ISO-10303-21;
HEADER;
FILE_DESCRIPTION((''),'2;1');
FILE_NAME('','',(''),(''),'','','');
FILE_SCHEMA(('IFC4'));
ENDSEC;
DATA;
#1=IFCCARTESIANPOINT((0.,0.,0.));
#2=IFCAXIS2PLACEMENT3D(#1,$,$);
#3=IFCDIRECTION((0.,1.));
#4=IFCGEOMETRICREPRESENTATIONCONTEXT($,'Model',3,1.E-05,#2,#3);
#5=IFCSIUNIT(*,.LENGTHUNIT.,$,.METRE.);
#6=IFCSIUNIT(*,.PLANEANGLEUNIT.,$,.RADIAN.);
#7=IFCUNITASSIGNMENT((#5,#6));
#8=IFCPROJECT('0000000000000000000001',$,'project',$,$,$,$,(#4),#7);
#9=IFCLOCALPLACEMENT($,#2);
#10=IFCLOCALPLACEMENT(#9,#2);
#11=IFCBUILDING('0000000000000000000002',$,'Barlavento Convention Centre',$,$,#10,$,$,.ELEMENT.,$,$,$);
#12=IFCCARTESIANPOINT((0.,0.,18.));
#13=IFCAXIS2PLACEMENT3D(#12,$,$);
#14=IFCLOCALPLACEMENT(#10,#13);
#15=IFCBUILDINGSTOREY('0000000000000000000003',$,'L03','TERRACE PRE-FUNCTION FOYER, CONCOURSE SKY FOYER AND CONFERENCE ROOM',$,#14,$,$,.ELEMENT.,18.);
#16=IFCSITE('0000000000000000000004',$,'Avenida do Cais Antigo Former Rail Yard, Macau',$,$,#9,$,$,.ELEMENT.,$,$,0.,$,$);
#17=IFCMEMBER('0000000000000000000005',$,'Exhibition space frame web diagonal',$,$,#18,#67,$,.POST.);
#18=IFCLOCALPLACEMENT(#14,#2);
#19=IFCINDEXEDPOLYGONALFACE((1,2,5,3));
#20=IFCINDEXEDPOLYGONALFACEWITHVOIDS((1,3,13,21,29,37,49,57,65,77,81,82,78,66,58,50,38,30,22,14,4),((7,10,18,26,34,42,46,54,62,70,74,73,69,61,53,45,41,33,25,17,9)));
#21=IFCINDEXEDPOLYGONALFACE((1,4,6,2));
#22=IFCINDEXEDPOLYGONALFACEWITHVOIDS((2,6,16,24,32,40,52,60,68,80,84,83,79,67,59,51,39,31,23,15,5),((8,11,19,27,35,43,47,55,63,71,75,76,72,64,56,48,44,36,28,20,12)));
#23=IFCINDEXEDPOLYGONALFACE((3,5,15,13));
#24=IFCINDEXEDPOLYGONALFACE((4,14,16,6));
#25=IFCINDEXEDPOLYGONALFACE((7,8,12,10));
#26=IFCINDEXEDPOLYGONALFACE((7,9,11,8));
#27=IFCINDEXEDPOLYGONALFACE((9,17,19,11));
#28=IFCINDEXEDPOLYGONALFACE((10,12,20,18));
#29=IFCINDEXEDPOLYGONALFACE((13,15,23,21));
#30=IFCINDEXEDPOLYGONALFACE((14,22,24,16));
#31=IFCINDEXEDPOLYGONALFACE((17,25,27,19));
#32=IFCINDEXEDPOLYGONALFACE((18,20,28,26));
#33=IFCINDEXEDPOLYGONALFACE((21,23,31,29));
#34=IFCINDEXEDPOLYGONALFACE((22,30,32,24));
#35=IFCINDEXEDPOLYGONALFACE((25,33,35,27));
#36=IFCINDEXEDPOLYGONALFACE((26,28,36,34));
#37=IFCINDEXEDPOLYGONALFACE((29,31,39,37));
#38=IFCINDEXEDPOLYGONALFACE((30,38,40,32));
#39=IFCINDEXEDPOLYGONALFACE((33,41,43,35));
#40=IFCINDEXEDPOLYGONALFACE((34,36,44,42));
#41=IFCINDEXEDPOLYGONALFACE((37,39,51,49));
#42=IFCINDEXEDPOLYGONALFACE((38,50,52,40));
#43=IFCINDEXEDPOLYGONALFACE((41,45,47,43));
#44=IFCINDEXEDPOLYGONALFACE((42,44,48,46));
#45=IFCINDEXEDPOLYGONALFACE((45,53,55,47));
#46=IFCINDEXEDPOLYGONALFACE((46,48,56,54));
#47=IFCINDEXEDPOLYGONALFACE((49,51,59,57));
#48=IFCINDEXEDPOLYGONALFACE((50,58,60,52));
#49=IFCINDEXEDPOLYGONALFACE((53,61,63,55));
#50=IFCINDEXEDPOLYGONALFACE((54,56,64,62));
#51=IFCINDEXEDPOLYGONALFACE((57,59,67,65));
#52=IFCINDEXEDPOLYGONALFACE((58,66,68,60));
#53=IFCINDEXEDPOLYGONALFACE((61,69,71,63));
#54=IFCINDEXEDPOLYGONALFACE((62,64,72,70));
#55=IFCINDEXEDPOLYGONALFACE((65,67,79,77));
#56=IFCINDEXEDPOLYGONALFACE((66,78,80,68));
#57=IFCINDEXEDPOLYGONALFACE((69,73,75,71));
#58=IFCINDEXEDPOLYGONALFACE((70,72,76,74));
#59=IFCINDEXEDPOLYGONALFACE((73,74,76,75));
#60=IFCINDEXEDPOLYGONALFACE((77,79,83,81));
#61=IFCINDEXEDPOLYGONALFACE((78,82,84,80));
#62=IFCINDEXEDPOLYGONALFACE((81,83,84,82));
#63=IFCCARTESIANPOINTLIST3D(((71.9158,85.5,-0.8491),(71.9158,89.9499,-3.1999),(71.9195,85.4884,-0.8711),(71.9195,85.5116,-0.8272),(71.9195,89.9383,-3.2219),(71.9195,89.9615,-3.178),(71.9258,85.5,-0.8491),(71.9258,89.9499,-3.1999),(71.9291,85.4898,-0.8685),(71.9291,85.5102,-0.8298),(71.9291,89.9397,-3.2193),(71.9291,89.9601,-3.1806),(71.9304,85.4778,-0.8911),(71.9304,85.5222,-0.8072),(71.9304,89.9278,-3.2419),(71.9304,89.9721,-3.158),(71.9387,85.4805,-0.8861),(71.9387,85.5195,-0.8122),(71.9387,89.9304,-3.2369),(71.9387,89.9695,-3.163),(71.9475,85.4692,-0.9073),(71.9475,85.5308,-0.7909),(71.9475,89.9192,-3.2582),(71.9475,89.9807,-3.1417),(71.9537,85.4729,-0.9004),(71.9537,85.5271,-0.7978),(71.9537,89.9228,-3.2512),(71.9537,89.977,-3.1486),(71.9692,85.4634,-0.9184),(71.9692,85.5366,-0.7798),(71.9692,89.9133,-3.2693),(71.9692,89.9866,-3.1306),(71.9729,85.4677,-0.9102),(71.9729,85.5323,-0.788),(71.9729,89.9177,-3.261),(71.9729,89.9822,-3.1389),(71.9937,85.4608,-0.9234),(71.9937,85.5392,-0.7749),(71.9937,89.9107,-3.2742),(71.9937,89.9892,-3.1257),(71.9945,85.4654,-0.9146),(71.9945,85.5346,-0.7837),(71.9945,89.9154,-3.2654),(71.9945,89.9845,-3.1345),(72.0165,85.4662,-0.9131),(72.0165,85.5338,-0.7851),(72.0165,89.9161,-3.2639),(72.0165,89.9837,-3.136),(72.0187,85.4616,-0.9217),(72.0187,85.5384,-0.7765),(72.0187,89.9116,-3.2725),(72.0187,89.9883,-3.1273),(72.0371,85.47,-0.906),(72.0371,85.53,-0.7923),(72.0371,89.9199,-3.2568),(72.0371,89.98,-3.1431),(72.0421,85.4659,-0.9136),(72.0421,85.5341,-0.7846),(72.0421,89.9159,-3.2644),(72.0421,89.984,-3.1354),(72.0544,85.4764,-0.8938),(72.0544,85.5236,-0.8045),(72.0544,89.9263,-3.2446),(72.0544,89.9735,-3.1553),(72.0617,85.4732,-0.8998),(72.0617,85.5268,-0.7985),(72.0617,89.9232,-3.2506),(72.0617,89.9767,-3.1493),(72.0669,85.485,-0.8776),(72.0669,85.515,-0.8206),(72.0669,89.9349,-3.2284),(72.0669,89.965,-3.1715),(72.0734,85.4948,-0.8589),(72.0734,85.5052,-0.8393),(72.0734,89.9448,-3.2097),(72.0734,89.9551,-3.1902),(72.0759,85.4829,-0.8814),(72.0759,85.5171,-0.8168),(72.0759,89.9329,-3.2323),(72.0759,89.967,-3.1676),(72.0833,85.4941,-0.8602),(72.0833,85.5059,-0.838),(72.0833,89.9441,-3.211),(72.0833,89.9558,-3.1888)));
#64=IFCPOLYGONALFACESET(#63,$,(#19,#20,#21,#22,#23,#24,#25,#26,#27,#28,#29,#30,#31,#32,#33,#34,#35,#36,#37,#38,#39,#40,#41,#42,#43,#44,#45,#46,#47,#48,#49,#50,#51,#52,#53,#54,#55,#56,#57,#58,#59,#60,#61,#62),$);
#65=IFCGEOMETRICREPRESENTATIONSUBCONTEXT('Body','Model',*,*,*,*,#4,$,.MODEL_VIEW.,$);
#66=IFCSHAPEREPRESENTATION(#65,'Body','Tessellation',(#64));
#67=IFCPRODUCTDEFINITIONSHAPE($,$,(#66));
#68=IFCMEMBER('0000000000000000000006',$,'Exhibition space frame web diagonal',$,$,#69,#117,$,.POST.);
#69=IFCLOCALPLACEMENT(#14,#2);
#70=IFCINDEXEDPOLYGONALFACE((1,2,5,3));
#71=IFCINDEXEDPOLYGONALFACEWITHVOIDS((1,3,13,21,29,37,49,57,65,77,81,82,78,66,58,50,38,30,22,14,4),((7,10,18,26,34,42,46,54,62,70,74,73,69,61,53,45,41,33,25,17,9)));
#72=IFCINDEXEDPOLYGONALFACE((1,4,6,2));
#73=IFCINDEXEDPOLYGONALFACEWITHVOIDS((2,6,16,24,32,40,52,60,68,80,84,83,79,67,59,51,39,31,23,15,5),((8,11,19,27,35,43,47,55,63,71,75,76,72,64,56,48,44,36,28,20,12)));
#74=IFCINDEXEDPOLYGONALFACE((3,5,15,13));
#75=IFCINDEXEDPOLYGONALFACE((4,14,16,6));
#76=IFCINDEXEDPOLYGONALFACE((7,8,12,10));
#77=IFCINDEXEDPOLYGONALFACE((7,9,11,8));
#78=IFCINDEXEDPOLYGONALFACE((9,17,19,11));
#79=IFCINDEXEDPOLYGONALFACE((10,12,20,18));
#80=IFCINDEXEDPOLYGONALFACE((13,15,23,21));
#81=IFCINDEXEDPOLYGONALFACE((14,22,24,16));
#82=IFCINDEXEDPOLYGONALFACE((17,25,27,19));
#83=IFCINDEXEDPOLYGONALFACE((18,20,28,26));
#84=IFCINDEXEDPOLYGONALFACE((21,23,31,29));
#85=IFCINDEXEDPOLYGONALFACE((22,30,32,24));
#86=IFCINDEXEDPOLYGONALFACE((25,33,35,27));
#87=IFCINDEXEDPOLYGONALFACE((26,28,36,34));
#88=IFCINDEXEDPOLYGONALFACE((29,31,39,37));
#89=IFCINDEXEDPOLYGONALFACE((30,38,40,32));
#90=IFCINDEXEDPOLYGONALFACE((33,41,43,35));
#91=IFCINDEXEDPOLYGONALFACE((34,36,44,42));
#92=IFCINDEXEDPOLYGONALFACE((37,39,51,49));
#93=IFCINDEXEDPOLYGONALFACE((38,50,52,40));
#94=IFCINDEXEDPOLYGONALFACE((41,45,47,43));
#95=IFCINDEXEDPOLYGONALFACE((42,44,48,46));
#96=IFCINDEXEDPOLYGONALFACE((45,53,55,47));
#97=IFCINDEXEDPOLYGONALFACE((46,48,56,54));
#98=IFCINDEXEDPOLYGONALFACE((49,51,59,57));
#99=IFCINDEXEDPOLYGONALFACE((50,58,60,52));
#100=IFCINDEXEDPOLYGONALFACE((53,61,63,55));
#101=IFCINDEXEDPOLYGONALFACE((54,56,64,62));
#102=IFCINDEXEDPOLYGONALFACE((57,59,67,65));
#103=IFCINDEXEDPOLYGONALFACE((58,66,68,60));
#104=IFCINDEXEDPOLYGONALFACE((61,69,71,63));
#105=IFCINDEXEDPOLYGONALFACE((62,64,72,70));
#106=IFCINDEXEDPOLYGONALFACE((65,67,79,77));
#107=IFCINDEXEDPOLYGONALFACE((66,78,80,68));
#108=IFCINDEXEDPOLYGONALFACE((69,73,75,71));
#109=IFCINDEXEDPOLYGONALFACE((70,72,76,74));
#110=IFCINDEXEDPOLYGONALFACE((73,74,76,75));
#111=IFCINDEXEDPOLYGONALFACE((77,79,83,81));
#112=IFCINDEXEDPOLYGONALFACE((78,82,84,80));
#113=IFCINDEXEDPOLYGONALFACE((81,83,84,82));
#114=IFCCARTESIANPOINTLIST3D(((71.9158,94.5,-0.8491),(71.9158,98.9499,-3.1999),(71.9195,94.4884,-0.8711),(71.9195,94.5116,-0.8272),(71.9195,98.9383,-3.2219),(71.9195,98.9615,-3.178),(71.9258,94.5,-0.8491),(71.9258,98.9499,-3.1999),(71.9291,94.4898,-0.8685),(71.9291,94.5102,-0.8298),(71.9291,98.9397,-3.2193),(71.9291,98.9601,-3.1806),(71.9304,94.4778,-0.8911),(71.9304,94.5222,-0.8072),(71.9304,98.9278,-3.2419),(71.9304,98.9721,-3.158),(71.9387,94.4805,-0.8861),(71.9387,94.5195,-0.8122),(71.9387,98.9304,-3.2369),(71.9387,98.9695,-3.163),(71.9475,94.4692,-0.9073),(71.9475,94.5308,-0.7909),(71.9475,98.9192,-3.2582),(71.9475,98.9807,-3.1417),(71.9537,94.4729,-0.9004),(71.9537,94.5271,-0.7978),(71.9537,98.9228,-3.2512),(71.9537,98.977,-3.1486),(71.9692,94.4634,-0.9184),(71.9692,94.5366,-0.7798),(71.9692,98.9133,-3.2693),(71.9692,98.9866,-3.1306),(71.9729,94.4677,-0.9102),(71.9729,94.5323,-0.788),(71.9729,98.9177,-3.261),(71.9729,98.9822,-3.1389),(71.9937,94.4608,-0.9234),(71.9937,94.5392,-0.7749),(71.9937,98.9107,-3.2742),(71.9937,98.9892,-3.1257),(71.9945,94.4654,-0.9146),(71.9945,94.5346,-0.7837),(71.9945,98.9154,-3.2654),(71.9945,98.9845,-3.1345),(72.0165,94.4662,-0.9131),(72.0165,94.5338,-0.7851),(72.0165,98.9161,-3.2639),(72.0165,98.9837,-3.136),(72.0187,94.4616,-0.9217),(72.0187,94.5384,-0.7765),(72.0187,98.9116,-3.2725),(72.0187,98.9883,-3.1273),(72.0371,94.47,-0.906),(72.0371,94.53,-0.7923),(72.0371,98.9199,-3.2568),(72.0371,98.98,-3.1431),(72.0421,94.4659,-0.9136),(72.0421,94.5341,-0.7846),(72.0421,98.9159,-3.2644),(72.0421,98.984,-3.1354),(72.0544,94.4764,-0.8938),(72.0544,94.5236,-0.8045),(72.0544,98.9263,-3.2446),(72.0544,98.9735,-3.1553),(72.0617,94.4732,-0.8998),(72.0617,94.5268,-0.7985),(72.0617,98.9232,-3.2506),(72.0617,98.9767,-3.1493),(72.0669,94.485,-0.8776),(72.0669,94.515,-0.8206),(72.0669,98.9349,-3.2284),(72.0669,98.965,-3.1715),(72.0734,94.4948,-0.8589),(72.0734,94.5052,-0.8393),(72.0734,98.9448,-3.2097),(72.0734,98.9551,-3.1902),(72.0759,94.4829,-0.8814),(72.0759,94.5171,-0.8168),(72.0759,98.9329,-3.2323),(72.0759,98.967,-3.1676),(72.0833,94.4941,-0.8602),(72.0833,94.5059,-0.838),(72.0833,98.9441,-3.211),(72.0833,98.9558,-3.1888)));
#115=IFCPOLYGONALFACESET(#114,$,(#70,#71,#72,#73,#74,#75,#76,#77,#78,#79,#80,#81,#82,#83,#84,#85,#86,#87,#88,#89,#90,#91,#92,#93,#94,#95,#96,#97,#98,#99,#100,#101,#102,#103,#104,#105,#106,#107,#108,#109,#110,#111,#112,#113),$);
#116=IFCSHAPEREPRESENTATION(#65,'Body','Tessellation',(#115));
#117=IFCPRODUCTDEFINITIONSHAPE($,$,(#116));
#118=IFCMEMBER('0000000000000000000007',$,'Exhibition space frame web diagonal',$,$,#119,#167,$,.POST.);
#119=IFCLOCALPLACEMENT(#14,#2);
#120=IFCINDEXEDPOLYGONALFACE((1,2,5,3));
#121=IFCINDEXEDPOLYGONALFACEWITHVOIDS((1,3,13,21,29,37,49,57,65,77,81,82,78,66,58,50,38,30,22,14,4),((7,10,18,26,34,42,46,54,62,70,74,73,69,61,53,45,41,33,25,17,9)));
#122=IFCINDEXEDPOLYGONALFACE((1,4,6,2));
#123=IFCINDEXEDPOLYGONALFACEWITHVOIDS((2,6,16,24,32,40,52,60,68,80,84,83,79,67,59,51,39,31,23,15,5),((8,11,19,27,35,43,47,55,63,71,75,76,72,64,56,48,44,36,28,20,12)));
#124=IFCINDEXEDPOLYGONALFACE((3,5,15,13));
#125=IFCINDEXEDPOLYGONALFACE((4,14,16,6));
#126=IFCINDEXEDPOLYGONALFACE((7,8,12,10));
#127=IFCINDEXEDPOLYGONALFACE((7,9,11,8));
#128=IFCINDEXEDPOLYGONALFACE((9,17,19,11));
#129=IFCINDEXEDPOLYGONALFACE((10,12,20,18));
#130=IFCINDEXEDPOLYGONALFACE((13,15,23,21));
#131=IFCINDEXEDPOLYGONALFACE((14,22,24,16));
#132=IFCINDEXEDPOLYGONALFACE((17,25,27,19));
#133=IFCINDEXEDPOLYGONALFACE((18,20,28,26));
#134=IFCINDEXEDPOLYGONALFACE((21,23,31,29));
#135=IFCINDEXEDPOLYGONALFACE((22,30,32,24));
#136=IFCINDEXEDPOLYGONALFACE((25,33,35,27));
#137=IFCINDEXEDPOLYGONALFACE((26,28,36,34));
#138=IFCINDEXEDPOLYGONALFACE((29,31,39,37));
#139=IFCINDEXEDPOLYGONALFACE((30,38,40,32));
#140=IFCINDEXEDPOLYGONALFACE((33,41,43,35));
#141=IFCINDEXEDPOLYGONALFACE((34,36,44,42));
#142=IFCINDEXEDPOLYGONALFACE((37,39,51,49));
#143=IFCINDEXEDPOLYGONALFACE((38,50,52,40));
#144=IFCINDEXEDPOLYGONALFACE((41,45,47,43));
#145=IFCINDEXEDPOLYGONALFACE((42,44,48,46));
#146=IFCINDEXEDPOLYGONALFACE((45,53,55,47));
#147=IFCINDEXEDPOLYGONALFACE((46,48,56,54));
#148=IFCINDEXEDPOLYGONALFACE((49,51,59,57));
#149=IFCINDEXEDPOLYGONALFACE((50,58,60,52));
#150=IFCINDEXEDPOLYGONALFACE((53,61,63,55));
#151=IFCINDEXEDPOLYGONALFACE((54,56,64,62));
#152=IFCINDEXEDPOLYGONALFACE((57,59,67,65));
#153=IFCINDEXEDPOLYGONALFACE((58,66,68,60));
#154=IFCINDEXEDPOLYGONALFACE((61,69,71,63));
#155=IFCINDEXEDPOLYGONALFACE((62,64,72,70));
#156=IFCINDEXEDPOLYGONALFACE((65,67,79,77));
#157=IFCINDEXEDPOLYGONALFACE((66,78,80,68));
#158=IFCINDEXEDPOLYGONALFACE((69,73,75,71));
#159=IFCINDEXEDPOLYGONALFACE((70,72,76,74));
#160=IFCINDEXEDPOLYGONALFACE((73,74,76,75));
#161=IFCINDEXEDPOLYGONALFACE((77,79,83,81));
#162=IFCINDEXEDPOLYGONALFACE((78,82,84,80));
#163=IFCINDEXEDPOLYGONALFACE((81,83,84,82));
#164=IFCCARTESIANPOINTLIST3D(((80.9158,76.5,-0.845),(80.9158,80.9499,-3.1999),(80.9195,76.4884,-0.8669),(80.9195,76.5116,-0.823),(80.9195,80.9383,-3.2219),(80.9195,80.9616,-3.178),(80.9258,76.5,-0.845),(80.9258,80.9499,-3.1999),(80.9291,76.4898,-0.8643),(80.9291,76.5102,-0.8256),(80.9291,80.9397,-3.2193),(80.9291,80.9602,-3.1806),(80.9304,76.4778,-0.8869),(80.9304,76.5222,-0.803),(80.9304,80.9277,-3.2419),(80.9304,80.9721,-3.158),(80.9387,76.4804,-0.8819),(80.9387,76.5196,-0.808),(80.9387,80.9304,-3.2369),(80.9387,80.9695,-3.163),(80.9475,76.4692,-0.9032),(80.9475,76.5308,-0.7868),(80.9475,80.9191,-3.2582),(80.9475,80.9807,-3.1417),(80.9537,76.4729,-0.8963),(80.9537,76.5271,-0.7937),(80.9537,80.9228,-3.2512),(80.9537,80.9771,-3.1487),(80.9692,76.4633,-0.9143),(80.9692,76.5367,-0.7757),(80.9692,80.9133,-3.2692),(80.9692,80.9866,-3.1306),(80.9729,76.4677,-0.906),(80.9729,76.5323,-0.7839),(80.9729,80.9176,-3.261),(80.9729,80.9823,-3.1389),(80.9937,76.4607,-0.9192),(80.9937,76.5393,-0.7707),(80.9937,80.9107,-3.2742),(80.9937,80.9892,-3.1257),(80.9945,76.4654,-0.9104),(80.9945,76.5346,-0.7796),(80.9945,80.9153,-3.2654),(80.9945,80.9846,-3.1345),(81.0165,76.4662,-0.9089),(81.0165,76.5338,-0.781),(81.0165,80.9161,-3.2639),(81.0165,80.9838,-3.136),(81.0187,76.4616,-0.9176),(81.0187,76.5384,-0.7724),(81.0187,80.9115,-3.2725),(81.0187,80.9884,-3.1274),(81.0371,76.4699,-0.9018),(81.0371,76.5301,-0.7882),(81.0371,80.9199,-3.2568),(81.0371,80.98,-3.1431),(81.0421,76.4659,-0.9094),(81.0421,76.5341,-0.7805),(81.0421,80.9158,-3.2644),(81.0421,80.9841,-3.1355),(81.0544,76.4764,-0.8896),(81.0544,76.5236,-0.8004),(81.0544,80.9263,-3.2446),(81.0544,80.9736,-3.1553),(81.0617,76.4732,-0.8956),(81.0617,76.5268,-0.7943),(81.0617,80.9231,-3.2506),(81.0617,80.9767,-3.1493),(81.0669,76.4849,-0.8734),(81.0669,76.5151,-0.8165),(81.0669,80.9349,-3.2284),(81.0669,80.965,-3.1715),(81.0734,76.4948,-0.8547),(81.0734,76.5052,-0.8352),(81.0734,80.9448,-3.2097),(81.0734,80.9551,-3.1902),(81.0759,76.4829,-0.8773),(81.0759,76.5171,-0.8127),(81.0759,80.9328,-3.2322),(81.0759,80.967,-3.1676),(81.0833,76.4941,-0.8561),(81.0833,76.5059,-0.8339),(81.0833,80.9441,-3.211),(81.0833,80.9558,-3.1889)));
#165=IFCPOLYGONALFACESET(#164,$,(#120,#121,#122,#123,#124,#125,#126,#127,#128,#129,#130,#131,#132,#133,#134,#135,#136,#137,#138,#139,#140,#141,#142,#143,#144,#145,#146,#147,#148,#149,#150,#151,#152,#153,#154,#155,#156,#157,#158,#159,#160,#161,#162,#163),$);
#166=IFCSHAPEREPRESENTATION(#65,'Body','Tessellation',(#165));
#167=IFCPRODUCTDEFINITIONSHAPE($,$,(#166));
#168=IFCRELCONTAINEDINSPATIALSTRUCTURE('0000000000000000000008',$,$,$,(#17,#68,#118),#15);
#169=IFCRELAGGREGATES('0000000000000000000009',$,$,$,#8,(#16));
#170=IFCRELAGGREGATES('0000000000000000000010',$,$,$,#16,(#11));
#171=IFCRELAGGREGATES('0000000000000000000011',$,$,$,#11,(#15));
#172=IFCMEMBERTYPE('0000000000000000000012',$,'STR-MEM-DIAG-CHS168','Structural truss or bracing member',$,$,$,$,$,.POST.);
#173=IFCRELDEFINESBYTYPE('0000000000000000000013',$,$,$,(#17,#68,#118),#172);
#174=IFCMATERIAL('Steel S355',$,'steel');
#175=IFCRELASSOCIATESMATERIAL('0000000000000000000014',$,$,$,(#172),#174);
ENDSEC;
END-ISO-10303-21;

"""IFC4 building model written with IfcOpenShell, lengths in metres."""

from ifc_helpers import new_model, si_unit, direction, frame, origin, origin_2d, place, context, subcontext, project, spatial, hollow_circle, extrude, material, material_profile, profile_set, type_object, element, save


model = new_model("IFC4")

# Units and contexts
model_context = context("Model", 3, precision=1e-05, world=origin(), true_north=direction((0.0, 1.0)))
body_context = subcontext(model_context, "Body", "Model", "MODEL_VIEW")
ifc_project = project(units=[si_unit("LENGTHUNIT", "METRE"), si_unit("PLANEANGLEUNIT", "RADIAN")], contexts=[model_context])

# Site, building, storey
site_placement = place(None, origin())
site = spatial("IfcSite", under=ifc_project, at=site_placement, Name="Avenida do Cais Antigo Former Rail Yard, Macau", CompositionType="ELEMENT", RefElevation=0.0)
building_placement = place(site_placement, origin())
building = spatial("IfcBuilding", under=site, at=building_placement, Name="Barlavento Convention Centre", CompositionType="ELEMENT")
storey_placement = place(building_placement, frame((0.0, 0.0, 18.0)))
storey = spatial("IfcBuildingStorey", under=building, at=storey_placement, Name="L03", Description="TERRACE PRE-FUNCTION FOYER, CONCOURSE SKY FOYER AND CONFERENCE ROOM", CompositionType="ELEMENT", Elevation=18.0)

# Members
ifc_material_1 = material(Name="Steel S355", Category="steel")
ifc_material_profile_1 = material_profile(ifc_material_1, hollow_circle(Radius=0.0842, WallThickness=0.01, at=origin_2d()), Name="CHS 168.3x10.0")
ifc_profile_set_1 = profile_set([ifc_material_profile_1], Name="Steel S355")
member_type_1 = type_object("IfcMemberType", Name="STR-MEM-DIAG-CHS168", Description="Structural truss or bracing member", PredefinedType="POST", material=ifc_profile_set_1)
for number, where, z_axis, x_axis, name in (
    (1, (72.0, 85.5, -0.8491), (0.0, 0.884201, -0.467107), (-1.0, 0.0, 0.0), "Exhibition space frame web diagonal"),
    (2, (72.0, 94.5, -0.8491), (0.0, 0.884201, -0.467107), (-1.0, 0.0, 0.0), "Exhibition space frame web diagonal"),
):
    element("IfcMember", number, at=place(storey_placement, frame(where, z_axis=z_axis, x_axis=x_axis)), inside=storey, type_object=member_type_1, Name=name, PredefinedType="POST", context=body_context, shape_type="SweptSolid", body=[
        extrude(hollow_circle(Radius=0.0842, WallThickness=0.01, at=origin_2d()), origin(), (0.0, 0.0, 1.0), 5.0327),
    ])
for number, where, z_axis, x_axis, name in (
    (3, (81.0, 76.5, -0.845), (0.0, 0.88386, -0.467752), (-1.0, 0.0, 0.0), "Exhibition space frame web diagonal"),
):
    element("IfcMember", number, at=place(storey_placement, frame(where, z_axis=z_axis, x_axis=x_axis)), inside=storey, type_object=member_type_1, Name=name, PredefinedType="POST", context=body_context, shape_type="SweptSolid", body=[
        extrude(hollow_circle(Radius=0.0842, WallThickness=0.01, at=origin_2d()), origin(), (0.0, 0.0, 1.0), 5.0347),
    ])

save(model, "model.ifc")
